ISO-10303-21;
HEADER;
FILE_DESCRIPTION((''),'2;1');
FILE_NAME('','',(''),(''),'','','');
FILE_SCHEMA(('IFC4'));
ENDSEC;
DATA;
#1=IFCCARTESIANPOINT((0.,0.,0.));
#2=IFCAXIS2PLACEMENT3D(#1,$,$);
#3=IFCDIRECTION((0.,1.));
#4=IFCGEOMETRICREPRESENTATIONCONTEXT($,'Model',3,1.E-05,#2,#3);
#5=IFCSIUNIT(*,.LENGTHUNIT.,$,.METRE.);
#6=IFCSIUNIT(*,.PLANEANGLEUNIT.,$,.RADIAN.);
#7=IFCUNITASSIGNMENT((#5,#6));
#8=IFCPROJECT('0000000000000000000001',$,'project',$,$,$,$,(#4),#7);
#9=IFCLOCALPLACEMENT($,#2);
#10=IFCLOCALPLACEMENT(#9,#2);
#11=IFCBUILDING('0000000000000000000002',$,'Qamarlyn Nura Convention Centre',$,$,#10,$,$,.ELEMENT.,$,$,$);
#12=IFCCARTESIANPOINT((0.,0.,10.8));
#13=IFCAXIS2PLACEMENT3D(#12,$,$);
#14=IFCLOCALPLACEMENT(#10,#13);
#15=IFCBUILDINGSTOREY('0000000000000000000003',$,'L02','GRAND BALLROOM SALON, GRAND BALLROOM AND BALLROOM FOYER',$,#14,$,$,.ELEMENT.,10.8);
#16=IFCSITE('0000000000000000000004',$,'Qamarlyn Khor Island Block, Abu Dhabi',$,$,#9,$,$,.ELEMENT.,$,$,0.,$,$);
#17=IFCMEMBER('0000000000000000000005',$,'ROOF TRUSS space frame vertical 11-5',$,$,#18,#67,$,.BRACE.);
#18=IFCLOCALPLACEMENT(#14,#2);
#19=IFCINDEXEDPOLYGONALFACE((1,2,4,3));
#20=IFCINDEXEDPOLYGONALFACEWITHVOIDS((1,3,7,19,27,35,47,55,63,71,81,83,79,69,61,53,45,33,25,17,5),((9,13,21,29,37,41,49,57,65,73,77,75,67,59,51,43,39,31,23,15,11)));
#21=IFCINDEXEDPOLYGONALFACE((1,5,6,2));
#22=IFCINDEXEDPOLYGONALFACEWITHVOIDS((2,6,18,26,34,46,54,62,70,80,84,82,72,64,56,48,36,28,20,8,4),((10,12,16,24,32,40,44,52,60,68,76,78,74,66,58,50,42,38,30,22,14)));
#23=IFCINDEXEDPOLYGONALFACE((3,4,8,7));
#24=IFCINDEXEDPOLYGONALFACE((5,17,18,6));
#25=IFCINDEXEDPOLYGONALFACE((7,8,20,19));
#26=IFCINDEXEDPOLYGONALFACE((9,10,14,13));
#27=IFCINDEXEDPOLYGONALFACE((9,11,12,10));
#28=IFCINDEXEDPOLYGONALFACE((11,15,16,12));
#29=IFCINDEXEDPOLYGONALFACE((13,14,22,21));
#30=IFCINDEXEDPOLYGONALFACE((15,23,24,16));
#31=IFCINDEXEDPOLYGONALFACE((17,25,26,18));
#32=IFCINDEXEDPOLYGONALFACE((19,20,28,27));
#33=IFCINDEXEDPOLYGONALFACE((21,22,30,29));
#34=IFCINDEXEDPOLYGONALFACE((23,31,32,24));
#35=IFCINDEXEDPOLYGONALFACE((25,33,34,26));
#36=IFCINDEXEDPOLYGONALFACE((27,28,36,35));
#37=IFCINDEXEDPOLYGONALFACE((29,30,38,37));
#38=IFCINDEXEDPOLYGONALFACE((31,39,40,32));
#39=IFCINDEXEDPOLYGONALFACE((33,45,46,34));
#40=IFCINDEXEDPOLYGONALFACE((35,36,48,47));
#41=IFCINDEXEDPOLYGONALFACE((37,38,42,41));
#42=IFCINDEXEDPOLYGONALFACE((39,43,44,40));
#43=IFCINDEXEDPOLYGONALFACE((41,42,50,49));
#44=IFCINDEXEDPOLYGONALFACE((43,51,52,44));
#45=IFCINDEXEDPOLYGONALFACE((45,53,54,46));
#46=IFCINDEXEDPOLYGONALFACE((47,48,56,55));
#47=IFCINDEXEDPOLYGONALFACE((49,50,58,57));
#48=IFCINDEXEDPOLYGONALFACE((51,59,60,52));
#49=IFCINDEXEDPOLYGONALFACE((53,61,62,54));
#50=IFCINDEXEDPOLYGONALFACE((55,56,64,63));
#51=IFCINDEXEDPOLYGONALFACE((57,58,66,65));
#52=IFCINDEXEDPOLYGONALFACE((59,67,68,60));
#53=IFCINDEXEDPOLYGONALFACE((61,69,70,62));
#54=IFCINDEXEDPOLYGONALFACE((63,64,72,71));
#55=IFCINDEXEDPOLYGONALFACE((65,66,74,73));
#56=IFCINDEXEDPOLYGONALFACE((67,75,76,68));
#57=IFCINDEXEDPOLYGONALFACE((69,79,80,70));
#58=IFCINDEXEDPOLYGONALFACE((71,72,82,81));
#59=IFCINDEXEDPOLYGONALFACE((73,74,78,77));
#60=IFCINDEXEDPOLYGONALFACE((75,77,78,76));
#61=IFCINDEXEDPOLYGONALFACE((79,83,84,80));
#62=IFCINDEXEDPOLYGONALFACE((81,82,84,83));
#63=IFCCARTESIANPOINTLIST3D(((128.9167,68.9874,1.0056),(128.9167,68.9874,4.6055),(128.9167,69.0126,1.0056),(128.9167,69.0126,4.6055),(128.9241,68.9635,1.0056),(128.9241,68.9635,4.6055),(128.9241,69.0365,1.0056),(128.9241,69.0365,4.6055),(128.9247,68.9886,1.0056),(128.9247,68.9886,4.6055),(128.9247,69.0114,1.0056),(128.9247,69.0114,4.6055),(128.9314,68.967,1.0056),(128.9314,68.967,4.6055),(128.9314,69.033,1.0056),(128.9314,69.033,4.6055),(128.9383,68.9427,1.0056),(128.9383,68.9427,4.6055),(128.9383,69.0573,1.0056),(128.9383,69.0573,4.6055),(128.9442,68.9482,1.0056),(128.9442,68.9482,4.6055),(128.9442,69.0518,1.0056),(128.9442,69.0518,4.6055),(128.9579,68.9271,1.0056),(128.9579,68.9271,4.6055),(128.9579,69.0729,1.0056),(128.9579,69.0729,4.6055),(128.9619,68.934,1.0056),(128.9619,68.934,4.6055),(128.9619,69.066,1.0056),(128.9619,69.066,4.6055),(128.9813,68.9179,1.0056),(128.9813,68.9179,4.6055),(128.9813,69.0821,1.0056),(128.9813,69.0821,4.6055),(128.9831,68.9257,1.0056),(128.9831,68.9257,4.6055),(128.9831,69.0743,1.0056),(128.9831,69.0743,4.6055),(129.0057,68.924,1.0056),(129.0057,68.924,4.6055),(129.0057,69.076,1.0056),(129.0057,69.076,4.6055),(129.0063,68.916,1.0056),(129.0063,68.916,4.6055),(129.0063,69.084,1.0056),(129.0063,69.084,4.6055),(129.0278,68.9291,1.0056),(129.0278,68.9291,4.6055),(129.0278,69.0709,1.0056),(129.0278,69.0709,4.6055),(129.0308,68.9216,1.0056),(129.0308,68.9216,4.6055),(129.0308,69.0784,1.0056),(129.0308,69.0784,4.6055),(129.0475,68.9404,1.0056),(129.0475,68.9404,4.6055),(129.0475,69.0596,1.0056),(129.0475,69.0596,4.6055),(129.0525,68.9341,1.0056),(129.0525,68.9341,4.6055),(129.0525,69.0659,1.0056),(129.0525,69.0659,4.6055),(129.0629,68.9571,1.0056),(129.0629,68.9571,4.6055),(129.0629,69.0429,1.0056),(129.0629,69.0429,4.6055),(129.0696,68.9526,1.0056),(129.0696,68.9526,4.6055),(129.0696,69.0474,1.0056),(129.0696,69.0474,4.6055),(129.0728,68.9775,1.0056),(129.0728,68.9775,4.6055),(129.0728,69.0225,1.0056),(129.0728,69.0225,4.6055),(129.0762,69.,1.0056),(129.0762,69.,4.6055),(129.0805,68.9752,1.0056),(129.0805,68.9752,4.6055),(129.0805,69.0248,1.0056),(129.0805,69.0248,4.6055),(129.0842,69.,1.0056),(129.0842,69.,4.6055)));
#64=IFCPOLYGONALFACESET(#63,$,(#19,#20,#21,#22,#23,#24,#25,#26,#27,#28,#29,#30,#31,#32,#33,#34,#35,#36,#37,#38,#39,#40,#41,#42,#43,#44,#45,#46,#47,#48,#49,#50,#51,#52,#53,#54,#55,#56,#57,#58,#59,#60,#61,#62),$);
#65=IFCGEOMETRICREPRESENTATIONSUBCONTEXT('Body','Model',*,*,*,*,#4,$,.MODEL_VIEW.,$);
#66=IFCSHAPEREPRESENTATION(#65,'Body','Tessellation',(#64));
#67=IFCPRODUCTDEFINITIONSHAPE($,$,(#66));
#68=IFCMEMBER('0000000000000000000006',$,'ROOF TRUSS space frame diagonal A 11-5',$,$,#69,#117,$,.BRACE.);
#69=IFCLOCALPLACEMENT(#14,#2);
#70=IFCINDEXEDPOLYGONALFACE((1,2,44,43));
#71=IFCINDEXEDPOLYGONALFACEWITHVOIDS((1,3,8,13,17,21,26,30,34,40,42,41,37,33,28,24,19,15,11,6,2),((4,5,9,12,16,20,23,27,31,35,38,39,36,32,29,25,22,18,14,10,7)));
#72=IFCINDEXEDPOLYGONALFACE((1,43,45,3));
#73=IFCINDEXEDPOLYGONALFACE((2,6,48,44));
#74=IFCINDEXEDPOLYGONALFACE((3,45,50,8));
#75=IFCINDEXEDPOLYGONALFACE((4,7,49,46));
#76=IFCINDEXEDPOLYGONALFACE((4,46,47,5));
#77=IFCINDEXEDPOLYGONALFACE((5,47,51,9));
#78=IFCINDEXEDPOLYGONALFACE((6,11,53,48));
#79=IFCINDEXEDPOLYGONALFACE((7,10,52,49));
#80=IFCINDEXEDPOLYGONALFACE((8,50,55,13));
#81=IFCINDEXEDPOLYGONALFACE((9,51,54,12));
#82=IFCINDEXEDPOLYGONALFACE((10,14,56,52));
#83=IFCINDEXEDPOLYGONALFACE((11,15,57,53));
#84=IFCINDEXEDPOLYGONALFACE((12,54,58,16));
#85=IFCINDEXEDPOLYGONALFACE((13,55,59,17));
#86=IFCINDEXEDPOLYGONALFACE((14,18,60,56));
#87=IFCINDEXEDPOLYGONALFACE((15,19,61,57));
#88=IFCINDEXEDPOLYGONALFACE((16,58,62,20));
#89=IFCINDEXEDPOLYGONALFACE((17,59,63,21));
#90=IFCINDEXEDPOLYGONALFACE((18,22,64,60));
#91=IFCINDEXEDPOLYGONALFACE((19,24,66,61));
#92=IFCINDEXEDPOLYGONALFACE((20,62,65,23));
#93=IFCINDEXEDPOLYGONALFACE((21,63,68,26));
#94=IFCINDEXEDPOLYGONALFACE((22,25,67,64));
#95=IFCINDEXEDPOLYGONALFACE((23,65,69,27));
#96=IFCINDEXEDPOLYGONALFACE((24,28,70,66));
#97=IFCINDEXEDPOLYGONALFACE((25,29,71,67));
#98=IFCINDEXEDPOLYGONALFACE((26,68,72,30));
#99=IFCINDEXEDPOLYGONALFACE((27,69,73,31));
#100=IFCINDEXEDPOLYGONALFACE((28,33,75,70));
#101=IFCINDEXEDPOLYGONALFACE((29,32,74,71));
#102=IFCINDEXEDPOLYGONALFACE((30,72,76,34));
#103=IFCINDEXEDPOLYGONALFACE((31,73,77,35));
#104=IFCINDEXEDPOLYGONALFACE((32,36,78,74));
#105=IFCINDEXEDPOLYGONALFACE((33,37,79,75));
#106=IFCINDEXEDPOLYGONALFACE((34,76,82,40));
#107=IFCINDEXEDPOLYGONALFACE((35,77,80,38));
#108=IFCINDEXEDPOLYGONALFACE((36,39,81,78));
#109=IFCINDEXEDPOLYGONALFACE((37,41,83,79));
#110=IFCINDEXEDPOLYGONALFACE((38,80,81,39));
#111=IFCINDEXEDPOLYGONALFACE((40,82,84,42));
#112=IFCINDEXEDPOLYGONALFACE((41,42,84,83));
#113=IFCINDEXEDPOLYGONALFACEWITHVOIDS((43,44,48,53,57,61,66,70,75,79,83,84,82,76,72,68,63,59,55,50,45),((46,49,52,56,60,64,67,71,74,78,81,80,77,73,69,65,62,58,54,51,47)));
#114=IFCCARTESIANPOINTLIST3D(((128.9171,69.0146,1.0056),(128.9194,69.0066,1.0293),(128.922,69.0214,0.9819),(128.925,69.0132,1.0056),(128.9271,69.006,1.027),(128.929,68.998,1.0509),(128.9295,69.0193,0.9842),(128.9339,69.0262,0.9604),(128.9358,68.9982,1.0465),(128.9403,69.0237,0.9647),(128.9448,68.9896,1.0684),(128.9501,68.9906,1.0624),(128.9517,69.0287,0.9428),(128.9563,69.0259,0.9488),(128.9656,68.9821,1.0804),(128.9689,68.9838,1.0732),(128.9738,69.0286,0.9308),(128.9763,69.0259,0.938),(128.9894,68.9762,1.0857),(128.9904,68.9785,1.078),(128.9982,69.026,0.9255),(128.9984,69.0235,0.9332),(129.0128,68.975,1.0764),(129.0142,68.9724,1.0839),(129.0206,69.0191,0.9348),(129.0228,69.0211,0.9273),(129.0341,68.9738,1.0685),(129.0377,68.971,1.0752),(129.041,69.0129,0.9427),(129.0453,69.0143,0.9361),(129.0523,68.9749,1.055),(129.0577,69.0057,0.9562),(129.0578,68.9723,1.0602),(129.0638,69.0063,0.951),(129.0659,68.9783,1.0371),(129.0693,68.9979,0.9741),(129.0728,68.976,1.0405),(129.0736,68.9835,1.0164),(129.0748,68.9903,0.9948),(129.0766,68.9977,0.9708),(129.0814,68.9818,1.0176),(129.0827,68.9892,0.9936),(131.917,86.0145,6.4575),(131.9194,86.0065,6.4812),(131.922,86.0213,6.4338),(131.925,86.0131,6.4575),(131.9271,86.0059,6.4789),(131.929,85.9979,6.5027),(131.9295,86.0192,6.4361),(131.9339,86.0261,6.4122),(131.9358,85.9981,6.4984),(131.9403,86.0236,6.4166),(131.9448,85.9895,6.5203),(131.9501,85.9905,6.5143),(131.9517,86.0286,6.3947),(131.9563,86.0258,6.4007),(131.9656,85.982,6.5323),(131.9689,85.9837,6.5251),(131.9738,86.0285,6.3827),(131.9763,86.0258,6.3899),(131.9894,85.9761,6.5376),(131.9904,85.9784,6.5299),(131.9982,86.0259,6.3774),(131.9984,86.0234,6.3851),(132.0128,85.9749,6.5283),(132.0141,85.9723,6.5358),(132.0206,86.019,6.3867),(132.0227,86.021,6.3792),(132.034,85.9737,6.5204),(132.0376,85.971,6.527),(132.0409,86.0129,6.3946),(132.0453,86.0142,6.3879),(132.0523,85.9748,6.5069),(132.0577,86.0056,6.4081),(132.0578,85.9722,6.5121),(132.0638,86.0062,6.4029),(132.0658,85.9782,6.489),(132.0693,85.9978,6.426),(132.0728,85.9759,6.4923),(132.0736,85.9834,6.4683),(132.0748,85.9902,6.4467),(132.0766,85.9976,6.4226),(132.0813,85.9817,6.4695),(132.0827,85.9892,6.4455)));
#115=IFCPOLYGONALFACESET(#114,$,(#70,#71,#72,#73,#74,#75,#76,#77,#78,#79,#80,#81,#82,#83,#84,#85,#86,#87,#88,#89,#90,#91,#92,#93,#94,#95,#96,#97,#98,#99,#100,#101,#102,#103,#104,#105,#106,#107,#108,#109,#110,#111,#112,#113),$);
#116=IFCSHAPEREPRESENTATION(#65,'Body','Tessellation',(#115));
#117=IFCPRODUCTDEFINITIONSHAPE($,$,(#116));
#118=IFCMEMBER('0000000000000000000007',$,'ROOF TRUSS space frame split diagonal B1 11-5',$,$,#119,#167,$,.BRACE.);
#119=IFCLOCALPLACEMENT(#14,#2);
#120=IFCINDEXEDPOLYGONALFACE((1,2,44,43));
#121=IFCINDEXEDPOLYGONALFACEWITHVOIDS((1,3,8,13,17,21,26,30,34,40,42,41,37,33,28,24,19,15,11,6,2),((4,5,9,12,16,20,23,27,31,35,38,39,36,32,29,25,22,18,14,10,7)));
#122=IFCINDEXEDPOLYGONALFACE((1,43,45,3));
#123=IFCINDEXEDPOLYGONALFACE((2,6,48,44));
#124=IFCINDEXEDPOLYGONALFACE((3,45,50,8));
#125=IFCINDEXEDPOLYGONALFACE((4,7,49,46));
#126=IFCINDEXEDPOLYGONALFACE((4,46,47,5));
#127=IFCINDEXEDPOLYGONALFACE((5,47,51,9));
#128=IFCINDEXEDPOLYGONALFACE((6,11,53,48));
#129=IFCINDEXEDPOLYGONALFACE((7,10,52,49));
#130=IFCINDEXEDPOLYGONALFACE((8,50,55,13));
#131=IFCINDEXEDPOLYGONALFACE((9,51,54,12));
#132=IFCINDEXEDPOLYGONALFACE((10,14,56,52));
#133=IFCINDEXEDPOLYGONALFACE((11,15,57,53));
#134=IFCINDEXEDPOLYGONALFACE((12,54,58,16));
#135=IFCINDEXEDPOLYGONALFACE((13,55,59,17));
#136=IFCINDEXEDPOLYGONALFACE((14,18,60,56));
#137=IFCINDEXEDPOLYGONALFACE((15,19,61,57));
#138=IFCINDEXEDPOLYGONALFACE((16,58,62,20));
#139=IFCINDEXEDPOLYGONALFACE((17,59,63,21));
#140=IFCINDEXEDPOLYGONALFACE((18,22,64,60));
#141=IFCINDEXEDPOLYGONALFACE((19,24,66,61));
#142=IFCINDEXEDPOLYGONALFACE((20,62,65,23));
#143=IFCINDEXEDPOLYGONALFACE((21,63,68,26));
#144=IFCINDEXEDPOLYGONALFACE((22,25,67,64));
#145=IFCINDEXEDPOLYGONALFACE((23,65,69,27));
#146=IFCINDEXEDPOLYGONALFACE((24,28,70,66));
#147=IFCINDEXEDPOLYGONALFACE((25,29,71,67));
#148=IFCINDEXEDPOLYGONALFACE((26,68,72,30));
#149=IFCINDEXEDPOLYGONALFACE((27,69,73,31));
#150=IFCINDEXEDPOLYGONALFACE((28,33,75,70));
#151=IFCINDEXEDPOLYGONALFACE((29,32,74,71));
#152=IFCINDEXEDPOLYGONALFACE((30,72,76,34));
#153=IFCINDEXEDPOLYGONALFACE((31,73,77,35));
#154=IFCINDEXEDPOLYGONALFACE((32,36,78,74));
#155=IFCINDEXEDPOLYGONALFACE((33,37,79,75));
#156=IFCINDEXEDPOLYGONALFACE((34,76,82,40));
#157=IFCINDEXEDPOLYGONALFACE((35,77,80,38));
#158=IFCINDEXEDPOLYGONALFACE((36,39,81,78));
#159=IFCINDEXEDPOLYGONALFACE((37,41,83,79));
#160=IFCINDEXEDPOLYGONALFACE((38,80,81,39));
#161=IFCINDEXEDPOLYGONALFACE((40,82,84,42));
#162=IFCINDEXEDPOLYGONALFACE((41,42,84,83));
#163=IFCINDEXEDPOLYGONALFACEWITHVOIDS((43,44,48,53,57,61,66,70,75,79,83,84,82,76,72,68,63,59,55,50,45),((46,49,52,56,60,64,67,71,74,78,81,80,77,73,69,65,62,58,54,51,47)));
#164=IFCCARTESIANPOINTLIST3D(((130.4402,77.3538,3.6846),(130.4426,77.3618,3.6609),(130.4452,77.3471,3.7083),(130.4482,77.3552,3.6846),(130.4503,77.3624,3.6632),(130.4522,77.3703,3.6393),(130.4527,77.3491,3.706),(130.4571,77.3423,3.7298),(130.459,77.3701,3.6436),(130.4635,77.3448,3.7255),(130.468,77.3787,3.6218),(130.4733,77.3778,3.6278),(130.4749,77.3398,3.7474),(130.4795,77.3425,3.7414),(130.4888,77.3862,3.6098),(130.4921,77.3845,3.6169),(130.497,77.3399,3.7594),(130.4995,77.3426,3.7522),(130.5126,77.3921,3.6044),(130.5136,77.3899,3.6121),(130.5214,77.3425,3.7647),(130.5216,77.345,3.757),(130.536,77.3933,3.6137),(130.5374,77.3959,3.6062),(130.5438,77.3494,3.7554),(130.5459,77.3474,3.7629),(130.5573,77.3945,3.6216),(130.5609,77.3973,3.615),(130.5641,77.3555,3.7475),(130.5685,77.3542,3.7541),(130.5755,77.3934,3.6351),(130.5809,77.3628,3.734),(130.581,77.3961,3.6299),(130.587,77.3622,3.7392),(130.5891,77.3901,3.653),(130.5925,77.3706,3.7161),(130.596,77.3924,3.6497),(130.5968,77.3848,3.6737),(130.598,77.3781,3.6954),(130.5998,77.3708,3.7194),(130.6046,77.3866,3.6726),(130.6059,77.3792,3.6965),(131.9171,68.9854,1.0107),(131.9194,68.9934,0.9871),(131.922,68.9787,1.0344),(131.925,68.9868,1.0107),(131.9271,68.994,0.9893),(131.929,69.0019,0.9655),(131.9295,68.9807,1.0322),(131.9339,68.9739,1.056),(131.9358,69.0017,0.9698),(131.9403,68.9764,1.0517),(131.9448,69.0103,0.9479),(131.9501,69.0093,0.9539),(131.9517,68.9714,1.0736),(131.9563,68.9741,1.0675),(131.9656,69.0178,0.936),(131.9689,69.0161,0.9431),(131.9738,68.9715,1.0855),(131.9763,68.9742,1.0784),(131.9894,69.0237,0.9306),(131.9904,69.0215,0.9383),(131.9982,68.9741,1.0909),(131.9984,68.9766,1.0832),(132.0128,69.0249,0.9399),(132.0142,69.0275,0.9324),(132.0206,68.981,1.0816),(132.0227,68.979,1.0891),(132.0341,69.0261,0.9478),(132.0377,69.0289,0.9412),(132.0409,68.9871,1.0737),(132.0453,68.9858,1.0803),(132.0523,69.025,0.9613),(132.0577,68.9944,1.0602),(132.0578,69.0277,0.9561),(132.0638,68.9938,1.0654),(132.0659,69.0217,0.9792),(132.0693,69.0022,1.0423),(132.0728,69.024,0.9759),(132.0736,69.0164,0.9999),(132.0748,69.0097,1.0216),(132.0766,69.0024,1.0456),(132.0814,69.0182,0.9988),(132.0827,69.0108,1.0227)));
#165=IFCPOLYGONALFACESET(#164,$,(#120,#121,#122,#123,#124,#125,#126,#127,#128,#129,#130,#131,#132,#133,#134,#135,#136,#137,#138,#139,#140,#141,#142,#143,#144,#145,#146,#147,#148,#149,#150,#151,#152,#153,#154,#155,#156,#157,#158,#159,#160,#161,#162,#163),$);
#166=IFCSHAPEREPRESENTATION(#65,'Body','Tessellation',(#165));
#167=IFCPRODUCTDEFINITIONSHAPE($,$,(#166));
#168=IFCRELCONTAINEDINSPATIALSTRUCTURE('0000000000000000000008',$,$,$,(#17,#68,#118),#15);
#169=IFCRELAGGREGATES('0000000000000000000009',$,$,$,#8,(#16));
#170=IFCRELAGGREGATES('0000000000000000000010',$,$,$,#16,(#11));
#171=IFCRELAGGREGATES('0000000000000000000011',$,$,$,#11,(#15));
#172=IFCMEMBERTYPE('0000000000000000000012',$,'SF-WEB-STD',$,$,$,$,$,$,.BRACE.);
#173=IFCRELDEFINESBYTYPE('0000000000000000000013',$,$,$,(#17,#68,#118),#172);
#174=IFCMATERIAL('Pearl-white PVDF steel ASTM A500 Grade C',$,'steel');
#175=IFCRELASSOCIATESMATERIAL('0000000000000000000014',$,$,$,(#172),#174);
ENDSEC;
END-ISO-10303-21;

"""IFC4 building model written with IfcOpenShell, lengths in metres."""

from ifc_helpers import new_model, si_unit, direction, frame, origin, origin_2d, place, context, subcontext, project, spatial, hollow_circle, extrude, material, material_profile, profile_set, type_object, element, save


model = new_model("IFC4")

# Units and contexts
model_context = context("Model", 3, precision=1e-05, world=origin(), true_north=direction((0.0, 1.0)))
body_context = subcontext(model_context, "Body", "Model", "MODEL_VIEW")
ifc_project = project(units=[si_unit("LENGTHUNIT", "METRE"), si_unit("PLANEANGLEUNIT", "RADIAN")], contexts=[model_context])

# Site, building, storey
site_placement = place(None, origin())
site = spatial("IfcSite", under=ifc_project, at=site_placement, Name="Qamarlyn Khor Island Block, Abu Dhabi", CompositionType="ELEMENT", RefElevation=0.0)
building_placement = place(site_placement, origin())
building = spatial("IfcBuilding", under=site, at=building_placement, Name="Qamarlyn Nura Convention Centre", CompositionType="ELEMENT")
storey_placement = place(building_placement, frame((0.0, 0.0, 10.8)))
storey = spatial("IfcBuildingStorey", under=building, at=storey_placement, Name="L02", Description="GRAND BALLROOM SALON, GRAND BALLROOM AND BALLROOM FOYER", CompositionType="ELEMENT", Elevation=10.8)

# Members
ifc_material_1 = material(Name="Pearl-white PVDF steel ASTM A500 Grade C", Category="steel")
ifc_material_profile_1 = material_profile(ifc_material_1, hollow_circle(Radius=0.0842, WallThickness=0.0081, at=origin_2d()), Name="CHS168.3X8")
ifc_profile_set_1 = profile_set([ifc_material_profile_1], Name="Pearl-white PVDF steel ASTM A500 Grade C")
member_type_1 = type_object("IfcMemberType", Name="SF-WEB-STD", PredefinedType="BRACE", material=ifc_profile_set_1)
member_1_placement = place(storey_placement, frame((129.0, 69.0, 1.0056), z_axis=(0.0, 0.0, 1.0), x_axis=(1.0, 0.0, 0.0)))
element("IfcMember", 1, at=member_1_placement, inside=storey, type_object=member_type_1, Name="ROOF TRUSS space frame vertical 11-5", PredefinedType="BRACE", context=body_context, shape_type="SweptSolid", body=[
    extrude(hollow_circle(Radius=0.0842, WallThickness=0.0081, at=origin_2d()), origin(), (0.0, 0.0, 1.0), 3.5999),
])
member_2_placement = place(storey_placement, frame((129.0, 69.0, 1.0056), z_axis=(0.165717, 0.939064, 0.301158), x_axis=(-0.984784, 0.173785, 0.0)))
element("IfcMember", 2, at=member_2_placement, inside=storey, type_object=member_type_1, Name="ROOF TRUSS space frame diagonal A 11-5", PredefinedType="BRACE", context=body_context, shape_type="SweptSolid", body=[
    extrude(hollow_circle(Radius=0.0842, WallThickness=0.0081, at=origin_2d()), origin(), (0.0, 0.0, 1.0), 18.103),
])
member_3_placement = place(storey_placement, frame((132.0, 69.0, 1.0107), z_axis=(-0.165776, 0.939378, 0.300145), x_axis=(-0.984783, -0.173789, 0.0)))
element("IfcMember", 3, at=member_3_placement, inside=storey, type_object=member_type_1, Name="ROOF TRUSS space frame split diagonal B1 11-5", PredefinedType="BRACE", context=body_context, shape_type="SweptSolid", body=[
    extrude(hollow_circle(Radius=0.0842, WallThickness=0.0081, at=origin_2d()), origin(), (0.0, 0.0, 1.0), 8.9084),
])

save(model, "model.ifc")
